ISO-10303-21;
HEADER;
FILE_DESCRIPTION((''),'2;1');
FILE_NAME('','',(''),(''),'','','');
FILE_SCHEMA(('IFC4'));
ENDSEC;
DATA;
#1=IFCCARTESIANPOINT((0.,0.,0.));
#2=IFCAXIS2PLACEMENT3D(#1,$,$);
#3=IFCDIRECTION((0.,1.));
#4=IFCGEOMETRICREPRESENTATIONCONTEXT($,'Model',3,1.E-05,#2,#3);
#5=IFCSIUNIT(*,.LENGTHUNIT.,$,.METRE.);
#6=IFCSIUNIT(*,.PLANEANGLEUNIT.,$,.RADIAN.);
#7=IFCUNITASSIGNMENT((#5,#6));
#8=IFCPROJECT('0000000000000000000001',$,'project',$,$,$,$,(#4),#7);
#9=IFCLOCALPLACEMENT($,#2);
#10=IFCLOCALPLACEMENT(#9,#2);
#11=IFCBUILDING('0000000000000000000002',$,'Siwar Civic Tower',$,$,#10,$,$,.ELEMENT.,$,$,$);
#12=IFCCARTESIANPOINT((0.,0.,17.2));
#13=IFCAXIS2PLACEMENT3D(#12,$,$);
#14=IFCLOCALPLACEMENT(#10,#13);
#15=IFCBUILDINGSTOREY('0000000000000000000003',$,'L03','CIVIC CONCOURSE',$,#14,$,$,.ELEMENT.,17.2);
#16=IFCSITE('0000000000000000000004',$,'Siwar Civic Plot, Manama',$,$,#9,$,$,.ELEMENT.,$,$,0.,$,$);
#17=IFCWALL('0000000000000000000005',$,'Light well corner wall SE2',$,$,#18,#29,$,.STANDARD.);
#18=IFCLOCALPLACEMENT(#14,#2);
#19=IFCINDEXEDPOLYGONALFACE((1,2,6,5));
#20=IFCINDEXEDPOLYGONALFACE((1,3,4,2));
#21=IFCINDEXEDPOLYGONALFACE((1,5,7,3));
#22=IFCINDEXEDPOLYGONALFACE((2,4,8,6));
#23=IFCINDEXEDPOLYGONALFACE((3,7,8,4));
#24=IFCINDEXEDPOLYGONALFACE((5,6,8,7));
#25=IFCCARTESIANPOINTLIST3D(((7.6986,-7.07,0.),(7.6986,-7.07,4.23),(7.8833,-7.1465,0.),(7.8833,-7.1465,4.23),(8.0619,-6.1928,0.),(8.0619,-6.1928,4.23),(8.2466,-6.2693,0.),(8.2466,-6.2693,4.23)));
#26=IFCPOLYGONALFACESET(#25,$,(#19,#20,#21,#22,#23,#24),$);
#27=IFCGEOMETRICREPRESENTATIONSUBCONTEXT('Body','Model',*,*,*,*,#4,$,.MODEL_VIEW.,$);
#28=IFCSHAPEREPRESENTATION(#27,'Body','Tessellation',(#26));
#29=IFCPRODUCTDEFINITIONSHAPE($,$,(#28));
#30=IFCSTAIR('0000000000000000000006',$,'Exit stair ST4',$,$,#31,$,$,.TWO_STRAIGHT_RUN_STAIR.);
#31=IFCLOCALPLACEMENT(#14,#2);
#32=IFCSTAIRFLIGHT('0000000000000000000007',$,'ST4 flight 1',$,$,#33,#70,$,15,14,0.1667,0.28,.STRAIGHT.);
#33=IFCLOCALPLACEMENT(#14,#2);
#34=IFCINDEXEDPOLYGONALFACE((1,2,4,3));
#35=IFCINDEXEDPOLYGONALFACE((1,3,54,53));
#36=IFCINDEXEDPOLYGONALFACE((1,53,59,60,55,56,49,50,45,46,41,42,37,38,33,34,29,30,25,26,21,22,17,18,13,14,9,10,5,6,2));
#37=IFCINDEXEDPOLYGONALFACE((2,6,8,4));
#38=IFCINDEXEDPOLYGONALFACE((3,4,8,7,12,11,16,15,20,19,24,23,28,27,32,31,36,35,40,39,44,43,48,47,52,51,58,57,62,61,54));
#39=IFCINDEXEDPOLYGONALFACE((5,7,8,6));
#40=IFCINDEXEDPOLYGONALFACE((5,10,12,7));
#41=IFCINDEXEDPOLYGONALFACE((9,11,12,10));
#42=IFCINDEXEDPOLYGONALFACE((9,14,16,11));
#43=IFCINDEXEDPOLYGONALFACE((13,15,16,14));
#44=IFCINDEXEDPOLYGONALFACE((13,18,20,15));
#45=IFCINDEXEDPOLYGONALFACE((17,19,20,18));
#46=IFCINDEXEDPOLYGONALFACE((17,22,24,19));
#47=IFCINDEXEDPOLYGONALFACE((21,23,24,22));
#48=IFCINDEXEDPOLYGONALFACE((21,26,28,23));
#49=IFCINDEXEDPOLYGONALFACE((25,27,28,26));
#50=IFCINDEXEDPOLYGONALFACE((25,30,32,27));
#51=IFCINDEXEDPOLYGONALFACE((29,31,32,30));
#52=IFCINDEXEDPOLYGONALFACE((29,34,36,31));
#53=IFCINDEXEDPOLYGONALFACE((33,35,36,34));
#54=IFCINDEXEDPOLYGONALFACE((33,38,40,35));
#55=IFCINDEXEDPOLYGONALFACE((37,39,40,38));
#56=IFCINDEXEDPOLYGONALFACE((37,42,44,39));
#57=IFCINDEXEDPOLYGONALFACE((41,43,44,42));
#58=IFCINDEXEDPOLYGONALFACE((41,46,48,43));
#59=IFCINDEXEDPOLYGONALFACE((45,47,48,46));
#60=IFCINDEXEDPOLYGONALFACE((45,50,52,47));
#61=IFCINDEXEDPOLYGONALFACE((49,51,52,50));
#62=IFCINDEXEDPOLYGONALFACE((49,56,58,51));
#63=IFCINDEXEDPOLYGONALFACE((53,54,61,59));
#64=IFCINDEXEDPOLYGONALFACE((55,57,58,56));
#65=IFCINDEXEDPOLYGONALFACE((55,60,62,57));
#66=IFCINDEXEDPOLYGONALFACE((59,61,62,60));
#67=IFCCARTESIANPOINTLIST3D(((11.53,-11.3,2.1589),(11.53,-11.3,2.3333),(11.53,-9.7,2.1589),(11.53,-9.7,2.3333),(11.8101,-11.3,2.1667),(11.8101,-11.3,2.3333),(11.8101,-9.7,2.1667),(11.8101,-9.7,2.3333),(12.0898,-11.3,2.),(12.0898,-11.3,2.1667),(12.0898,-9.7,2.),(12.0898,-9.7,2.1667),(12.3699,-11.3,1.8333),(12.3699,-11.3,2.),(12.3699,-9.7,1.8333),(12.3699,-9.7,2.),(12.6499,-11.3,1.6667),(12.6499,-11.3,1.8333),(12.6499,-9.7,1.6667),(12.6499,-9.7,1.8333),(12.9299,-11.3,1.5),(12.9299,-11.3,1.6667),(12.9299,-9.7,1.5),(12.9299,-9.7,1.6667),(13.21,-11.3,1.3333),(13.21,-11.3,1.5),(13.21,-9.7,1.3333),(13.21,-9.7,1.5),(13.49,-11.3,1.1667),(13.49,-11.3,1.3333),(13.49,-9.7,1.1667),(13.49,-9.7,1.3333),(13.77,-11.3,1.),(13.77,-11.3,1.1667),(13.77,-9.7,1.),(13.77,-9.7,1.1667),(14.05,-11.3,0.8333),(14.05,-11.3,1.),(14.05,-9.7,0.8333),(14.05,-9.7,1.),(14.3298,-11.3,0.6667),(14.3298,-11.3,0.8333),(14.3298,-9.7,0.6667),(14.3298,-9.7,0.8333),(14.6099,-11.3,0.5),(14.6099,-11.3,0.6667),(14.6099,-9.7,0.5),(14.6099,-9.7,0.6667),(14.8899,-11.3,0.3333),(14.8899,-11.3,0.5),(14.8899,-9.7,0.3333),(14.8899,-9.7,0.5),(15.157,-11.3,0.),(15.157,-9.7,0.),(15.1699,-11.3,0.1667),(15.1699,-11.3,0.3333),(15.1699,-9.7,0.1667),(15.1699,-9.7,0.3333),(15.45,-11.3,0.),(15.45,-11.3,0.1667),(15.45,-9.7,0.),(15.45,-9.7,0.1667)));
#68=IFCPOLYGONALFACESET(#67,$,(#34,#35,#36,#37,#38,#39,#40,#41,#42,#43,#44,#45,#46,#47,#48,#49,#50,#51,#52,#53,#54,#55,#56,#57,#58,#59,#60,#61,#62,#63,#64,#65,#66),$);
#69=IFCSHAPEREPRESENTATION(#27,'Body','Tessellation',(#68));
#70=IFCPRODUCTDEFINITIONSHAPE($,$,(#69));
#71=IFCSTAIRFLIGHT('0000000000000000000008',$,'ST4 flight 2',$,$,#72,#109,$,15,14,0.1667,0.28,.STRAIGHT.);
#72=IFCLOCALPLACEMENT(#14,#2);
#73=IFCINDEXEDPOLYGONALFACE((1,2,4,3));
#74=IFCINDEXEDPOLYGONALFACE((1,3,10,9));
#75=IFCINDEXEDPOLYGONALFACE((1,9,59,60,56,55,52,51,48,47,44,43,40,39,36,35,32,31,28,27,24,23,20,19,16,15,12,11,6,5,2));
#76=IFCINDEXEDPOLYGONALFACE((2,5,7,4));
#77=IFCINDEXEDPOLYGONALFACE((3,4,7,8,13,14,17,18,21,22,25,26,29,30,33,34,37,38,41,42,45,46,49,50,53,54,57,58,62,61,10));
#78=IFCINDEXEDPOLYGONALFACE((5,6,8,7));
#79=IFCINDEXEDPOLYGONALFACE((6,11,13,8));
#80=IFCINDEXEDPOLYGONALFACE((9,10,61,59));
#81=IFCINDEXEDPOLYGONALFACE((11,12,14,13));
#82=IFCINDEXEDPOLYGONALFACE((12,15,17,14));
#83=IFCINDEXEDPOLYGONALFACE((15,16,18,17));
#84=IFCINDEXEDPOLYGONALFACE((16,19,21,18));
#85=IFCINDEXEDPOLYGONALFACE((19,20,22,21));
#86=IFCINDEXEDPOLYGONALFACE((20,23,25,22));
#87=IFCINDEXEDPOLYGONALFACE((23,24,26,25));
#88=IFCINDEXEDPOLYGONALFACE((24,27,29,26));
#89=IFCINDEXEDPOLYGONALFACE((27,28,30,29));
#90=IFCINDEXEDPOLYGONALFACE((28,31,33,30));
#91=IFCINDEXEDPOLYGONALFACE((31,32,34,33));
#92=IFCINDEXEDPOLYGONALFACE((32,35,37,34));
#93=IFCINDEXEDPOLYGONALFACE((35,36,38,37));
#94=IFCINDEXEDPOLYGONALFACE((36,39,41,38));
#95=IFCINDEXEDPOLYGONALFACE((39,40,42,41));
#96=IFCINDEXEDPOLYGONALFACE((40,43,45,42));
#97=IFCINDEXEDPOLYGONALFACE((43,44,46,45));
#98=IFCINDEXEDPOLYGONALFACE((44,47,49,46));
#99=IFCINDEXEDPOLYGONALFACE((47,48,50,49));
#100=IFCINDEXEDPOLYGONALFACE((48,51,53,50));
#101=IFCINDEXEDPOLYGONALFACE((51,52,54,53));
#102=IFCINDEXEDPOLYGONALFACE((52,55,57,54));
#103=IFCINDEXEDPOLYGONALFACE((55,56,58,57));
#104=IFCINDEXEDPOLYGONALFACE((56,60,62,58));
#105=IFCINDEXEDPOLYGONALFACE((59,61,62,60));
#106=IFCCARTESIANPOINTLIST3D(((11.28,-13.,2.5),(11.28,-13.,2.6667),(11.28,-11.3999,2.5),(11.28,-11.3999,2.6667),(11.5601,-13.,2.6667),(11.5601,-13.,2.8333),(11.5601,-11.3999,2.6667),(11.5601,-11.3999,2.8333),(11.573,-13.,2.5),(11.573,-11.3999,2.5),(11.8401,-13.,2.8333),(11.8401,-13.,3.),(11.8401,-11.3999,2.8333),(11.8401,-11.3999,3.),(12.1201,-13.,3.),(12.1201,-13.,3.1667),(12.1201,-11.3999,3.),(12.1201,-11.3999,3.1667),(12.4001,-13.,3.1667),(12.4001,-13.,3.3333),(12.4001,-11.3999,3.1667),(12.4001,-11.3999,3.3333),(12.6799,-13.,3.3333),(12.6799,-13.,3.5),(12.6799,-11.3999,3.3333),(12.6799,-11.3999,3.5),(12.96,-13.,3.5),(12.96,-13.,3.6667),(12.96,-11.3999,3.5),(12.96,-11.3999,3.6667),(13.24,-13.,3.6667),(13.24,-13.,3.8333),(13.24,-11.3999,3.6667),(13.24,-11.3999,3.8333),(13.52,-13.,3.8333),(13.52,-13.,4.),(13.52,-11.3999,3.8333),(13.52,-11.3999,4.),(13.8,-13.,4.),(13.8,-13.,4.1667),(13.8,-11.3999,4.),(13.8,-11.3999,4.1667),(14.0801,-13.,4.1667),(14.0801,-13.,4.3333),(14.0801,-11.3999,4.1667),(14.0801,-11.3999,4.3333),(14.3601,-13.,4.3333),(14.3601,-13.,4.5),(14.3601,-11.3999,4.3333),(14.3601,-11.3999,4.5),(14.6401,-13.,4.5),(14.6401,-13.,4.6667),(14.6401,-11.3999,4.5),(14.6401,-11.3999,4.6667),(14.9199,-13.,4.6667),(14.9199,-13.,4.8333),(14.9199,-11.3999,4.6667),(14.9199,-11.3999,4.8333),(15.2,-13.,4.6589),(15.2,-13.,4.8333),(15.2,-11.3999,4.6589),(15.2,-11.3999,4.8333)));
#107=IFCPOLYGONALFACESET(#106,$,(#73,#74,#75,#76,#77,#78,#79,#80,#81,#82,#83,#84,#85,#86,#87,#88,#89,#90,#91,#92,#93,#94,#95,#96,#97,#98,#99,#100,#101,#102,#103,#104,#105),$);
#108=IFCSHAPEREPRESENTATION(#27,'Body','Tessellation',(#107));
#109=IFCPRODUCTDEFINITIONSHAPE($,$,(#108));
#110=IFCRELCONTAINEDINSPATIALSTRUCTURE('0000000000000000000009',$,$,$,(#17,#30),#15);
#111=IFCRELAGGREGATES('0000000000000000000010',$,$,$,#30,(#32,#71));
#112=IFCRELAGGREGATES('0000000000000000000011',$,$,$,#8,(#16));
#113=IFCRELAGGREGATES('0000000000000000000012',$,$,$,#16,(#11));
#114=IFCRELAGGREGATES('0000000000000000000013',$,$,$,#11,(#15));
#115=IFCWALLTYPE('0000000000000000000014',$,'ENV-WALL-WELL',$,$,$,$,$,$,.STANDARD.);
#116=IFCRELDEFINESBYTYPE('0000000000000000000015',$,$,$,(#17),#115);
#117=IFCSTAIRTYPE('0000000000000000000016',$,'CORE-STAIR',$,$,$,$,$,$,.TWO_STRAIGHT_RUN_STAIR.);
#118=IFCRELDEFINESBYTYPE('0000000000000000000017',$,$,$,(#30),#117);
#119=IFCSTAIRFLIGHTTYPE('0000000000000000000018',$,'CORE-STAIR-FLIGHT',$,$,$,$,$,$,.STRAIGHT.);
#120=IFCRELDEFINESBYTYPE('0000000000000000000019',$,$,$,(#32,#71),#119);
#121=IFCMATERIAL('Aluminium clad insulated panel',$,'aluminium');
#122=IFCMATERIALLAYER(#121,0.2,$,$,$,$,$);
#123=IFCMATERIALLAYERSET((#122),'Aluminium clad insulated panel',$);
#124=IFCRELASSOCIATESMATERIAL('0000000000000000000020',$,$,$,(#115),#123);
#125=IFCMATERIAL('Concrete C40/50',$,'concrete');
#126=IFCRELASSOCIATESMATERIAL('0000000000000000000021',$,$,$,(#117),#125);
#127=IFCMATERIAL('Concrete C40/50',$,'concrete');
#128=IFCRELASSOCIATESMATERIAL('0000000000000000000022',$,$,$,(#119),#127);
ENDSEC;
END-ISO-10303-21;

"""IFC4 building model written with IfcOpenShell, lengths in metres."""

from ifc_helpers import new_model, si_unit, direction, frame, frame_2d, origin, place, context, subcontext, project, spatial, polyline, rectangle, outline, extrude, material, layer, layer_set, type_object, element, aggregate, save


model = new_model("IFC4")

# Units and contexts
model_context = context("Model", 3, precision=1e-05, world=origin(), true_north=direction((0.0, 1.0)))
body_context = subcontext(model_context, "Body", "Model", "MODEL_VIEW")
ifc_project = project(units=[si_unit("LENGTHUNIT", "METRE"), si_unit("PLANEANGLEUNIT", "RADIAN")], contexts=[model_context])

# Site, building, storey
site_placement = place(None, origin())
site = spatial("IfcSite", under=ifc_project, at=site_placement, Name="Siwar Civic Plot, Manama", CompositionType="ELEMENT", RefElevation=0.0)
building_placement = place(site_placement, origin())
building = spatial("IfcBuilding", under=site, at=building_placement, Name="Siwar Civic Tower", CompositionType="ELEMENT")
storey_placement = place(building_placement, frame((0.0, 0.0, 17.2)))
storey = spatial("IfcBuildingStorey", under=building, at=storey_placement, Name="L03", Description="CIVIC CONCOURSE", CompositionType="ELEMENT", Elevation=17.2)

# Wall
ifc_material_1 = material(Name="Aluminium clad insulated panel", Category="aluminium")
ifc_layer_1 = layer(ifc_material_1, 0.2)
ifc_layer_set_1 = layer_set([ifc_layer_1], Name="Aluminium clad insulated panel")
wall_type_1 = type_object("IfcWallType", Name="ENV-WALL-WELL", PredefinedType="STANDARD", material=ifc_layer_set_1)
wall_1_placement = place(storey_placement, frame((7.791, -7.1082, 0.0), z_axis=(0.0, 0.0, 1.0), x_axis=(0.382624, 0.923904, 0.0)))
element("IfcWall", 1, at=wall_1_placement, inside=storey, type_object=wall_type_1, Name="Light well corner wall SE2", PredefinedType="STANDARD", context=body_context, shape_type="SweptSolid", body=[
    extrude(rectangle(XDim=0.9495, YDim=0.2, at=frame_2d((0.4746, 0.0))), origin(), (0.0, 0.0, 1.0), 4.23),
])

# Stair, stair flights
ifc_material_2 = material(Name="Concrete C40/50", Category="concrete")
stair_type = type_object("IfcStairType", Name="CORE-STAIR", PredefinedType="TWO_STRAIGHT_RUN_STAIR", material=ifc_material_2)
stair_placement = place(storey_placement, origin())
stair = element("IfcStair", 2, at=stair_placement, inside=storey, type_object=stair_type, Name="Exit stair ST4", PredefinedType="TWO_STRAIGHT_RUN_STAIR")
ifc_material_3 = material(Name="Concrete C40/50", Category="concrete")
stair_flight_type = type_object("IfcStairFlightType", Name="CORE-STAIR-FLIGHT", PredefinedType="STRAIGHT", material=ifc_material_3)
stair_flight_1_placement = place(storey_placement, frame((15.45, -10.5, 0.0), z_axis=(0.0, 0.0, 1.0), x_axis=(-1.0, 0.0, 0.0)))
stair_flight_1 = element("IfcStairFlight", 3, at=stair_flight_1_placement, type_object=stair_flight_type, Name="ST4 flight 1", NumberOfRisers=15, NumberOfTreads=14, PredefinedType="STRAIGHT", RiserHeight=0.1667, TreadLength=0.28, context=body_context, shape_type="SweptSolid", body=[
    extrude(outline(polyline([(0.0, 0.0), (0.0, 0.1667), (0.28, 0.1667), (0.28, 0.3333), (0.5601, 0.3333), (0.5601, 0.5), (0.8401, 0.5), (0.8401, 0.6667), (1.1201, 0.6667), (1.1201, 0.8333), (1.3999, 0.8333), (1.3999, 1.0), (1.6799, 1.0), (1.6799, 1.1667), (1.96, 1.1667), (1.96, 1.3333), (2.24, 1.3333), (2.24, 1.5), (2.52, 1.5), (2.52, 1.6667), (2.8, 1.6667), (2.8, 1.8333), (3.0801, 1.8333), (3.0801, 2.0), (3.3601, 2.0), (3.3601, 2.1667), (3.6399, 2.1667), (3.6399, 2.3333), (3.9199, 2.3333), (3.9199, 2.5), (3.9199, 2.1589), (0.293, 0.0), (0.0, 0.0)])), frame((0.0, 0.8, 0.0), z_axis=(0.0, -1.0, 0.0), x_axis=(1.0, 0.0, 0.0)), (0.0, 0.0, 1.0), 1.6001),
])
stair_flight_2_placement = place(storey_placement, frame((11.28, -12.2, 2.5), z_axis=(0.0, 0.0, 1.0), x_axis=(1.0, 0.0, 0.0)))
stair_flight_2 = element("IfcStairFlight", 4, at=stair_flight_2_placement, type_object=stair_flight_type, Name="ST4 flight 2", NumberOfRisers=15, NumberOfTreads=14, PredefinedType="STRAIGHT", RiserHeight=0.1667, TreadLength=0.28, context=body_context, shape_type="SweptSolid", body=[
    extrude(outline(polyline([(0.0, 0.0), (0.0, 0.1667), (0.28, 0.1667), (0.28, 0.3333), (0.5601, 0.3333), (0.5601, 0.5), (0.8401, 0.5), (0.8401, 0.6667), (1.1201, 0.6667), (1.1201, 0.8333), (1.3999, 0.8333), (1.3999, 1.0), (1.6799, 1.0), (1.6799, 1.1667), (1.96, 1.1667), (1.96, 1.3333), (2.24, 1.3333), (2.24, 1.5), (2.52, 1.5), (2.52, 1.6667), (2.8, 1.6667), (2.8, 1.8333), (3.0801, 1.8333), (3.0801, 2.0), (3.3601, 2.0), (3.3601, 2.1667), (3.6399, 2.1667), (3.6399, 2.3333), (3.9199, 2.3333), (3.9199, 2.5), (3.9199, 2.1589), (0.293, 0.0), (0.0, 0.0)])), frame((0.0, 0.8, 0.0), z_axis=(0.0, -1.0, 0.0), x_axis=(1.0, 0.0, 0.0)), (0.0, 0.0, 1.0), 1.6001),
])
aggregate(stair, [stair_flight_1, stair_flight_2])

save(model, "model.ifc")
